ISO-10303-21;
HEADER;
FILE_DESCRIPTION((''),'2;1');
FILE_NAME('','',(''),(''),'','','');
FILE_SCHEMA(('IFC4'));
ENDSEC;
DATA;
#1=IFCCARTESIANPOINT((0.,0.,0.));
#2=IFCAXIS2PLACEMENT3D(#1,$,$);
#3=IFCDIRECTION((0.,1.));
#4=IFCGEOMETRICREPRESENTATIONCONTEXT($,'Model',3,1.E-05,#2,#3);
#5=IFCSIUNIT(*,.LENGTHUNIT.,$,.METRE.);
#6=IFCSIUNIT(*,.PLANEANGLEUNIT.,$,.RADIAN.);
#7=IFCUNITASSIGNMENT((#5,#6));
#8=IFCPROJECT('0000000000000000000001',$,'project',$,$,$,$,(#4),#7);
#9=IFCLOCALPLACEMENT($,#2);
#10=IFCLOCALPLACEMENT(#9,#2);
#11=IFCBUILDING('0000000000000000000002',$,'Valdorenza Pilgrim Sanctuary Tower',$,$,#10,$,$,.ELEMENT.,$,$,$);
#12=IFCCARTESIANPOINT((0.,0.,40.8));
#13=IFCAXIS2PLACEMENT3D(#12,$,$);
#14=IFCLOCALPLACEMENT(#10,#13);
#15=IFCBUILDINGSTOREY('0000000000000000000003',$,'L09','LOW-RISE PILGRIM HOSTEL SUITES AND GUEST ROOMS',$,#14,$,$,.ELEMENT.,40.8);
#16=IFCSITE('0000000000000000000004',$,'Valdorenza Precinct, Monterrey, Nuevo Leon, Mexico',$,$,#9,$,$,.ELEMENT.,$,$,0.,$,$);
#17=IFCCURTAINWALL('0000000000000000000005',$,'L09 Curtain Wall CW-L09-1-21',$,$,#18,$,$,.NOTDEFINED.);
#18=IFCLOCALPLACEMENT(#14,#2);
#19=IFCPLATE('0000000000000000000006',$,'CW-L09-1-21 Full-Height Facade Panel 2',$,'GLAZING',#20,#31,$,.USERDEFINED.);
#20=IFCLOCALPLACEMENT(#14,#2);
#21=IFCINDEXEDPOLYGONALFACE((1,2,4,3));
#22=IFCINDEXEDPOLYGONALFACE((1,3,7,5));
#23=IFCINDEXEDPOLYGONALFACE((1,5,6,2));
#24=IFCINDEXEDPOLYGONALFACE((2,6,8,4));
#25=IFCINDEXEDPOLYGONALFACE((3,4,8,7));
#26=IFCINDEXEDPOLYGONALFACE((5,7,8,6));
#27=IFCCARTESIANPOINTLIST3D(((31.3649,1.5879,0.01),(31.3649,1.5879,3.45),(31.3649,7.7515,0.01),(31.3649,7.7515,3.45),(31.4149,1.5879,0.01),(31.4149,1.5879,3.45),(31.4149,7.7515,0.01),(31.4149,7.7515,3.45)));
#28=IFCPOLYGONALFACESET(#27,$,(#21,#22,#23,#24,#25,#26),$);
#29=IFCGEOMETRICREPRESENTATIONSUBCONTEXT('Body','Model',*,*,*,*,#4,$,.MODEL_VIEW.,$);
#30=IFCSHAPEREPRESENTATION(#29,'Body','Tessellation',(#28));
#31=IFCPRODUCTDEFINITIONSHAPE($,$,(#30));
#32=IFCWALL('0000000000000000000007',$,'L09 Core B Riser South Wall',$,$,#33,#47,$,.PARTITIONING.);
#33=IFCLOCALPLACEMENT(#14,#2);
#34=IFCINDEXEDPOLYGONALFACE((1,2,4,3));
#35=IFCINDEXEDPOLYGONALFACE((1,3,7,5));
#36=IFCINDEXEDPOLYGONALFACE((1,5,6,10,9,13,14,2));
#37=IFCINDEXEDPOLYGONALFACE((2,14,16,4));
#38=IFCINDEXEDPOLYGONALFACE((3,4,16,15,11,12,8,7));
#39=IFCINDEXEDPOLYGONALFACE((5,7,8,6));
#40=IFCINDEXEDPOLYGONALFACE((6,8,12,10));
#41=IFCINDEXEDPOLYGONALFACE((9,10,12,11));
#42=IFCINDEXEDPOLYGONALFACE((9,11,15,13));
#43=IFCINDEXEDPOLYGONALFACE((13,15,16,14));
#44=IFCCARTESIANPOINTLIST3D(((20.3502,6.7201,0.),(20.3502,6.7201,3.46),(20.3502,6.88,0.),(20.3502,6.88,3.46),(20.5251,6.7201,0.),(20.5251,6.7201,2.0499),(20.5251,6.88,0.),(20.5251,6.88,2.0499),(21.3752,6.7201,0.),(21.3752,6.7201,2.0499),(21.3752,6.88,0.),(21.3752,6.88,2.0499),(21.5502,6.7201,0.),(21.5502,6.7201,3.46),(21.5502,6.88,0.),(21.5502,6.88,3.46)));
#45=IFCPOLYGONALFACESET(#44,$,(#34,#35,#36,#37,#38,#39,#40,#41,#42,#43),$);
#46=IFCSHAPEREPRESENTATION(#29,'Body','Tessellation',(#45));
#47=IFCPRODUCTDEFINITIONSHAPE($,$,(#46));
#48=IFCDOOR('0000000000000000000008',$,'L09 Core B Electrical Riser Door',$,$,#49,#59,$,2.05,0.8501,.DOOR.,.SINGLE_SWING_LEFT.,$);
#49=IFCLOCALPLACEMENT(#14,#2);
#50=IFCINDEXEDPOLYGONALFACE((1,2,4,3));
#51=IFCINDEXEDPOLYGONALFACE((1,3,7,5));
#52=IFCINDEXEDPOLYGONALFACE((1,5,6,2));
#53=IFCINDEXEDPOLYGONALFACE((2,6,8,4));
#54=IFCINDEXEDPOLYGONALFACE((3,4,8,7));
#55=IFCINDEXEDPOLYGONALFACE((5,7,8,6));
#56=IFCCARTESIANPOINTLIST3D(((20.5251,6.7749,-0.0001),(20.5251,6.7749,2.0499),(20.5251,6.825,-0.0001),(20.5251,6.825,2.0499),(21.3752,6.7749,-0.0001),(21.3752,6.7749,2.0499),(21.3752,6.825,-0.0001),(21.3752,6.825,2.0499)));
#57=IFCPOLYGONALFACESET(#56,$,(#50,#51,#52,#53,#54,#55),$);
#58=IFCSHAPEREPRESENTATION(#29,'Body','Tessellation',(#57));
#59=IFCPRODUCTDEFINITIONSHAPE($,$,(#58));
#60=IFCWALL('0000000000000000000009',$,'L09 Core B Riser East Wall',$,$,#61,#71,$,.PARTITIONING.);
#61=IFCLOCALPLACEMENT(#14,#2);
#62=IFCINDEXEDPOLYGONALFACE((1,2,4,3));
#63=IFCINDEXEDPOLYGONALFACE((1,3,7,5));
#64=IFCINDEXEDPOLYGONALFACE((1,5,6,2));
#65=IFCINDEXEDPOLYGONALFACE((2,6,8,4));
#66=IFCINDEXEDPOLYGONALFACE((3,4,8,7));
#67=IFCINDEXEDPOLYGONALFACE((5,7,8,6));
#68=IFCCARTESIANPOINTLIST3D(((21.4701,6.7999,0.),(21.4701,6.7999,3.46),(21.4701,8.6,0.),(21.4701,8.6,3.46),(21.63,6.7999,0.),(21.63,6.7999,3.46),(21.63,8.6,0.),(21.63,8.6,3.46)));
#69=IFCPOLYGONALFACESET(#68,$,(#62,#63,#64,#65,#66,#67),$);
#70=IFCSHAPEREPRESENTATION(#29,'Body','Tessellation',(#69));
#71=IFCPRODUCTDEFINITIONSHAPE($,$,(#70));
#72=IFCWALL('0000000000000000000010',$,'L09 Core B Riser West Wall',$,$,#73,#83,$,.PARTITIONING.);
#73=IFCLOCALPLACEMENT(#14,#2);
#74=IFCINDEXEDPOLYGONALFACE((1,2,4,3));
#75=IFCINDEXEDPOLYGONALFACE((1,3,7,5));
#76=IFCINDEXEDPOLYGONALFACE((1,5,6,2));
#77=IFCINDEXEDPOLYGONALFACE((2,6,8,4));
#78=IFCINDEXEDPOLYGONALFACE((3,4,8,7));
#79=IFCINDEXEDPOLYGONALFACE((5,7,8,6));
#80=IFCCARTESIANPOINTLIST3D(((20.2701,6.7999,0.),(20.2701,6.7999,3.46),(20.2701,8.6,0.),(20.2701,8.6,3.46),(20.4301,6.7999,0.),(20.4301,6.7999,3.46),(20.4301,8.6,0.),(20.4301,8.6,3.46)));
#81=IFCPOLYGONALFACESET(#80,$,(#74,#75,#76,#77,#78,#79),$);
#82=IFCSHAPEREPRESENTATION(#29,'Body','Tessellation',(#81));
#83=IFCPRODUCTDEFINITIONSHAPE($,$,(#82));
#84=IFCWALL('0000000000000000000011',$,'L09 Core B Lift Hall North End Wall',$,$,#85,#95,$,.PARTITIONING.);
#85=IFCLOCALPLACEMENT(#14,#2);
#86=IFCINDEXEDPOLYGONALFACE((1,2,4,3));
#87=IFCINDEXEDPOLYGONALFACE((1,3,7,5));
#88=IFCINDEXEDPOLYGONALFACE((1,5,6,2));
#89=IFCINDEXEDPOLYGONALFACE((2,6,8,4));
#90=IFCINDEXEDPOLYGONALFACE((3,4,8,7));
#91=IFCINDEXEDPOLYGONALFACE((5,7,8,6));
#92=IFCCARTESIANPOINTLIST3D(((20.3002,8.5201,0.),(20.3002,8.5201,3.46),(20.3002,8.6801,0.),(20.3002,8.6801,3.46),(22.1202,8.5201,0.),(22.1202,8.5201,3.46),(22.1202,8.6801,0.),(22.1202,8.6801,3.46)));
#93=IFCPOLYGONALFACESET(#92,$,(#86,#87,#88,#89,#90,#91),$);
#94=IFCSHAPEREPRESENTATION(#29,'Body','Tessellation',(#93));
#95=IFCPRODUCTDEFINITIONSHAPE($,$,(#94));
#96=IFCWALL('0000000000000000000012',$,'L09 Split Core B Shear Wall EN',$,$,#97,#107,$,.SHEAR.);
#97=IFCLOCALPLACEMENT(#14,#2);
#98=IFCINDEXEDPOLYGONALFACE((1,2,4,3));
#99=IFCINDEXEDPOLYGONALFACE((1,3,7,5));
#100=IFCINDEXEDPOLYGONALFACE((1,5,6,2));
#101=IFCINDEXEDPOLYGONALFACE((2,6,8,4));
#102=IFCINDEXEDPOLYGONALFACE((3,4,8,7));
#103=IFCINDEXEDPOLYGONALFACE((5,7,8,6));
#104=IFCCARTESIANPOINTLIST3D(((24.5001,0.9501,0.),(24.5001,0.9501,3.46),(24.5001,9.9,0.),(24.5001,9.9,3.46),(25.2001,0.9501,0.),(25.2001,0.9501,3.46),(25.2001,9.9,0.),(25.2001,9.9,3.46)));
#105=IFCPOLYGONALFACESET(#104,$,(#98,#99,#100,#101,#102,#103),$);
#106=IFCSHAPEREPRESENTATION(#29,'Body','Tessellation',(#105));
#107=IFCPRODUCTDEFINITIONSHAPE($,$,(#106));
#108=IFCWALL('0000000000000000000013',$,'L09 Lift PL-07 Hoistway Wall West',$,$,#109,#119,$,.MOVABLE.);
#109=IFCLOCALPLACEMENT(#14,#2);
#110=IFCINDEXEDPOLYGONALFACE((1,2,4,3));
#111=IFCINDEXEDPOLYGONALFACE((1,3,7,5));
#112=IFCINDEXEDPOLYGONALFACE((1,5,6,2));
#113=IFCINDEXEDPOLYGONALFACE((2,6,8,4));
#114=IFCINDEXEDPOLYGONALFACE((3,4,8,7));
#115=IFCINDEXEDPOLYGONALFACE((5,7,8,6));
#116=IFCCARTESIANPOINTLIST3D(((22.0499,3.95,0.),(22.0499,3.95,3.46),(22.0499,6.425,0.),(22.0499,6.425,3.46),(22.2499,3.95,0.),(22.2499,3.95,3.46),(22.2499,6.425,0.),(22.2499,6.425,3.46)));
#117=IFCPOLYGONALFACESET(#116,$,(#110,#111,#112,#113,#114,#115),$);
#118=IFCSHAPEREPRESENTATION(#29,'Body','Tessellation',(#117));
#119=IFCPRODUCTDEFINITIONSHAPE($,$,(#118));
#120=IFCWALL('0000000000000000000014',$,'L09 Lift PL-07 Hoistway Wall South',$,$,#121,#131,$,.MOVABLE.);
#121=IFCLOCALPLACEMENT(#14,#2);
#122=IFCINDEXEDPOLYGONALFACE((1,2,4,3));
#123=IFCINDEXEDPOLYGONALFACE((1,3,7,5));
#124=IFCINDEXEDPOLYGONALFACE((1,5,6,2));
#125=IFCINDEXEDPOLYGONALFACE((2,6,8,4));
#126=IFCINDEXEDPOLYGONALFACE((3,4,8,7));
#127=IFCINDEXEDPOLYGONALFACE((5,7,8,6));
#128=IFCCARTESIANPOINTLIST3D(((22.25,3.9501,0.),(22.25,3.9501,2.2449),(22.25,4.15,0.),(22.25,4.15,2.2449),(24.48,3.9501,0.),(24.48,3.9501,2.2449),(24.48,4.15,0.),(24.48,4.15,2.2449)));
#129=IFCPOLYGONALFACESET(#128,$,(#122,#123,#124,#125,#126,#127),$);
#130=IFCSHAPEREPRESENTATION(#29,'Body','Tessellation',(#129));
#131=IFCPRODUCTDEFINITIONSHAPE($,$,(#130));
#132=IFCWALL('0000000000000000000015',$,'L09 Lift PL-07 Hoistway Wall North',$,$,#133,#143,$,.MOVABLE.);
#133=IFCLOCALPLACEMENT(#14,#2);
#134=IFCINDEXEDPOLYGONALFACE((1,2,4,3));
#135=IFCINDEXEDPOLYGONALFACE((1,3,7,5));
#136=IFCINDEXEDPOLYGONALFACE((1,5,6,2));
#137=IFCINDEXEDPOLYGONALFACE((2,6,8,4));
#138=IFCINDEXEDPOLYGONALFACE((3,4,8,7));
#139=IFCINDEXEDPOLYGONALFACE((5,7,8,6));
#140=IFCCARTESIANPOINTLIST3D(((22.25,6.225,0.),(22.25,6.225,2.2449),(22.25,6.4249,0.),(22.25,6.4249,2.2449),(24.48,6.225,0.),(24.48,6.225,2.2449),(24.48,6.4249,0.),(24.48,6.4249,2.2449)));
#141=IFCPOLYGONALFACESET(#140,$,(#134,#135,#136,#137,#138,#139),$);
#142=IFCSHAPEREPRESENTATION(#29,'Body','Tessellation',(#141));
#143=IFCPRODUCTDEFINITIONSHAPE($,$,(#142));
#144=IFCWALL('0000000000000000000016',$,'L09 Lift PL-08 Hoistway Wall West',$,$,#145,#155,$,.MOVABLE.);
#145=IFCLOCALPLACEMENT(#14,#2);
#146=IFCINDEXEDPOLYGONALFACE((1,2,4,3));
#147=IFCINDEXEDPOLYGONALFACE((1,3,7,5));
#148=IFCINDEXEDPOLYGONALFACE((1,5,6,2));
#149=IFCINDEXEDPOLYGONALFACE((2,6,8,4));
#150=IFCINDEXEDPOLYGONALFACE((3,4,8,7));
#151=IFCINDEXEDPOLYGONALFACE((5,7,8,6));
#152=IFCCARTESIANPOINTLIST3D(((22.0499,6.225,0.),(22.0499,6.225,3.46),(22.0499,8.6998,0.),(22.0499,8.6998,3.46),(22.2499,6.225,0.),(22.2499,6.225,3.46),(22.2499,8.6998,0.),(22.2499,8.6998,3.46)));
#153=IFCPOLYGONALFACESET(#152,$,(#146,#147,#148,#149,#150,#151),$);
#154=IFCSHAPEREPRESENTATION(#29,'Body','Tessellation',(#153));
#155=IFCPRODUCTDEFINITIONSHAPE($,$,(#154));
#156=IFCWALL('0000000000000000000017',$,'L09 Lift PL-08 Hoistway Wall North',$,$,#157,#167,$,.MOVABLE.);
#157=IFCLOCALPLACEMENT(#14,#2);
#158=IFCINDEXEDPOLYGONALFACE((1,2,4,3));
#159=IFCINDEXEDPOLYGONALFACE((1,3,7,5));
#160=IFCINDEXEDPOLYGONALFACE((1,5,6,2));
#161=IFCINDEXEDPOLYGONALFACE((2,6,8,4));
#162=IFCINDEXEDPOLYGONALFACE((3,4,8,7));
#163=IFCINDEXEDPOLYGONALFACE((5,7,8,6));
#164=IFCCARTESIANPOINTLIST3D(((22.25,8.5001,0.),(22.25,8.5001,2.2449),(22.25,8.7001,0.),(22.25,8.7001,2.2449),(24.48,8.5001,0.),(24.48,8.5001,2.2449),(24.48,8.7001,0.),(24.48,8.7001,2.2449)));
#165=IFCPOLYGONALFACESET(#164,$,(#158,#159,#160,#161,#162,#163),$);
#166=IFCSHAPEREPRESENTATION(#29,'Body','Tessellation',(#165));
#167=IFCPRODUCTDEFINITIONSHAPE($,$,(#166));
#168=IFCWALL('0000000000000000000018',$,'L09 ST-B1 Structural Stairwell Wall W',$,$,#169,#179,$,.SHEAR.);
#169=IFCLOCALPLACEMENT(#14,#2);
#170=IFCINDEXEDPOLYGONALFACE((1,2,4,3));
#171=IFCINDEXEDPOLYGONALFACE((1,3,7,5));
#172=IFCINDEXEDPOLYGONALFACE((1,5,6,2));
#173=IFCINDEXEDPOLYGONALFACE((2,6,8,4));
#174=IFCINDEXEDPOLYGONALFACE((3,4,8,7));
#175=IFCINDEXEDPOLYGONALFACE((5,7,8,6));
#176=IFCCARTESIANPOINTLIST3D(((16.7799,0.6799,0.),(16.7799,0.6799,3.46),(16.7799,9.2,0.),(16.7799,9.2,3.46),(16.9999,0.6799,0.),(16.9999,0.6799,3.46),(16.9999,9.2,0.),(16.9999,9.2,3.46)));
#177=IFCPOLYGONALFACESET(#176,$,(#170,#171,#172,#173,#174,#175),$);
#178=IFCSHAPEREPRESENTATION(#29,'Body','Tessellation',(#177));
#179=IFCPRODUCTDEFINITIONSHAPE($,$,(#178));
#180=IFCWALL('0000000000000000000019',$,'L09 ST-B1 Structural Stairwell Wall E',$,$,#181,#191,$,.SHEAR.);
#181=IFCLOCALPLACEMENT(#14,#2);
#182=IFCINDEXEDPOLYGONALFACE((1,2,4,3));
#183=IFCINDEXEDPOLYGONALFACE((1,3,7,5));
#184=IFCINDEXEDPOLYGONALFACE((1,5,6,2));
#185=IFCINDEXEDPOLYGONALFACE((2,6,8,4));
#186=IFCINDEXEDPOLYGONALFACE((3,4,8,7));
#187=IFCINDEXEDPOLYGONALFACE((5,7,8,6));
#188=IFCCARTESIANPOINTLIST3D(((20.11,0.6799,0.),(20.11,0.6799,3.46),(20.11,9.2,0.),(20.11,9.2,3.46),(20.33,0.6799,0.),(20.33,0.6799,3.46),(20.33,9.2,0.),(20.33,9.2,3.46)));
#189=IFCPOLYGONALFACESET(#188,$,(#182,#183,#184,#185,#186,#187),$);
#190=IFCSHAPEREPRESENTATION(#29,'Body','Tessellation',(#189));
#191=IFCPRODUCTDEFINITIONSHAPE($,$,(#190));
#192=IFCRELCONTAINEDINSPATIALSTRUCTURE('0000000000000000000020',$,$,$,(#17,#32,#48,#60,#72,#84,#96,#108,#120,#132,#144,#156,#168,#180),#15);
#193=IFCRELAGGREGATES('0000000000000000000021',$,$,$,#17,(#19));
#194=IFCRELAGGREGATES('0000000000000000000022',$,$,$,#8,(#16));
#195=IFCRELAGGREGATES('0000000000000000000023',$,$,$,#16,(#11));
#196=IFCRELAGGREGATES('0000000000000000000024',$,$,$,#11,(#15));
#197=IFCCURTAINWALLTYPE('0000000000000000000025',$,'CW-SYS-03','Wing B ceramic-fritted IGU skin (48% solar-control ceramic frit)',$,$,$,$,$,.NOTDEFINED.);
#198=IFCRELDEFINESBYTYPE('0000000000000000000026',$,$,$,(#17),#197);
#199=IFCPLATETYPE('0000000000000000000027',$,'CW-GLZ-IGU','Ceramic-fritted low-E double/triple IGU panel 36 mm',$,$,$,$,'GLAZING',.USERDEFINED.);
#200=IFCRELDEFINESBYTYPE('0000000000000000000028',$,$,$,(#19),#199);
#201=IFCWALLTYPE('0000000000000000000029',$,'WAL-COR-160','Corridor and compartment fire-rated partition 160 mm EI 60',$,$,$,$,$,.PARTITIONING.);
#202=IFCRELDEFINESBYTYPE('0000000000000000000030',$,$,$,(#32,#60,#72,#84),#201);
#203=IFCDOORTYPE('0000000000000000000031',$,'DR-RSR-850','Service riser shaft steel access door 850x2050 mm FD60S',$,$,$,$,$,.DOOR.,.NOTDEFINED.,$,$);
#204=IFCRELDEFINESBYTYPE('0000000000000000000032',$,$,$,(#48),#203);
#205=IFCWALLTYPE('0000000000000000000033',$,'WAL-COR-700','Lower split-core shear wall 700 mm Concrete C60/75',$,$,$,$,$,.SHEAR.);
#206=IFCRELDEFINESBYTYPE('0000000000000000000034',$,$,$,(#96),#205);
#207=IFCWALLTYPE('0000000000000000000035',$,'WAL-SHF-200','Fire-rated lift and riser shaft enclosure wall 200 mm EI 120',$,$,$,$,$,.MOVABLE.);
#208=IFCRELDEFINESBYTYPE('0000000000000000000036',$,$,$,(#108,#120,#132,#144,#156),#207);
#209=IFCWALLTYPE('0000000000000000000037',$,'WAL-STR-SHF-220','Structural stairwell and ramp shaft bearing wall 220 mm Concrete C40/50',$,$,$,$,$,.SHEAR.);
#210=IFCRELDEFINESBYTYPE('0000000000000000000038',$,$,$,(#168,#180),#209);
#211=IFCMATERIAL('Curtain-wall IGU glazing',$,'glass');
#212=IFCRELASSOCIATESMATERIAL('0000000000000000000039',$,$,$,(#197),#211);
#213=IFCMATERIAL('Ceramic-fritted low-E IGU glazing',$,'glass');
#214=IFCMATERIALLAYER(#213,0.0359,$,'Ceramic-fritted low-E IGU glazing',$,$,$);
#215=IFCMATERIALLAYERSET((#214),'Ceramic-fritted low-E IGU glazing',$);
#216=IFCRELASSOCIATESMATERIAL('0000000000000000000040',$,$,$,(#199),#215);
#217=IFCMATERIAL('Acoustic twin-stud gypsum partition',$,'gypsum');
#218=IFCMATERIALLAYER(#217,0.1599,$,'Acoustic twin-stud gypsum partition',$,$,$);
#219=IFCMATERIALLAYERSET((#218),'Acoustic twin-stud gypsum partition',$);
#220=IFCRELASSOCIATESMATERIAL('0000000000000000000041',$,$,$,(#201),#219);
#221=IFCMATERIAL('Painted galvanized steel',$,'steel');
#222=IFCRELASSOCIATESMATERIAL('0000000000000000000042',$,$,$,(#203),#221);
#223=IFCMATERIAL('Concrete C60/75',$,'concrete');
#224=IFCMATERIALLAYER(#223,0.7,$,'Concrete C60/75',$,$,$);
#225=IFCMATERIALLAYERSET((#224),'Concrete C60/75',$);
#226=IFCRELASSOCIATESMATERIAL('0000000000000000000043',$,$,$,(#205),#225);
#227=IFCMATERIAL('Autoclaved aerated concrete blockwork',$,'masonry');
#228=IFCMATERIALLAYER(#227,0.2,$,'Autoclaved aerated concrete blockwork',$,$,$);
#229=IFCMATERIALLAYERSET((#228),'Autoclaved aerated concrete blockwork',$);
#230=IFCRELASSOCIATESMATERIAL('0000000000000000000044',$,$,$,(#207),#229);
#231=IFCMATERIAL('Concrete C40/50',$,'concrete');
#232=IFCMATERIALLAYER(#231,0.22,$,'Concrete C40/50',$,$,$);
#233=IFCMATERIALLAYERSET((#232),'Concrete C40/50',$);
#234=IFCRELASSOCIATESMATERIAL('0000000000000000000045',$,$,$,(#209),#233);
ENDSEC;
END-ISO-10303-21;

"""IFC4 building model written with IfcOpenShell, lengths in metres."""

from ifc_helpers import new_model, si_unit, direction, frame, frame_2d, origin, origin_2d, place, context, subcontext, project, spatial, rectangle, extrude, source, transform, mapped, material, layer, layer_set, type_object, element, fill, aggregate, save


model = new_model("IFC4")

# Units and contexts
model_context = context("Model", 3, precision=1e-05, world=origin(), true_north=direction((0.0, 1.0)))
body_context = subcontext(model_context, "Body", "Model", "MODEL_VIEW")
ifc_project = project(units=[si_unit("LENGTHUNIT", "METRE"), si_unit("PLANEANGLEUNIT", "RADIAN")], contexts=[model_context])

# Site, building, storey
site_placement = place(None, origin())
site = spatial("IfcSite", under=ifc_project, at=site_placement, Name="Valdorenza Precinct, Monterrey, Nuevo Leon, Mexico", CompositionType="ELEMENT", RefElevation=0.0)
building_placement = place(site_placement, origin())
building = spatial("IfcBuilding", under=site, at=building_placement, Name="Valdorenza Pilgrim Sanctuary Tower", CompositionType="ELEMENT")
storey_placement = place(building_placement, frame((0.0, 0.0, 40.8)))
storey = spatial("IfcBuildingStorey", under=building, at=storey_placement, Name="L09", Description="LOW-RISE PILGRIM HOSTEL SUITES AND GUEST ROOMS", CompositionType="ELEMENT", Elevation=40.8)

# Curtain wall, plate
ifc_material_1 = material(Name="Curtain-wall IGU glazing", Category="glass")
curtain_wall_type = type_object("IfcCurtainWallType", Name="CW-SYS-03", Description="Wing B ceramic-fritted IGU skin (48% solar-control ceramic frit)", PredefinedType="NOTDEFINED", material=ifc_material_1)
curtain_wall_placement = place(storey_placement, origin())
curtain_wall = element("IfcCurtainWall", 1, at=curtain_wall_placement, inside=storey, type_object=curtain_wall_type, Name="L09 Curtain Wall CW-L09-1-21", PredefinedType="NOTDEFINED")
ifc_material_2 = material(Name="Ceramic-fritted low-E IGU glazing", Category="glass")
ifc_layer_1 = layer(ifc_material_2, 0.0359, Name="Ceramic-fritted low-E IGU glazing")
ifc_layer_set_1 = layer_set([ifc_layer_1], Name="Ceramic-fritted low-E IGU glazing")
plate_type = type_object("IfcPlateType", Name="CW-GLZ-IGU", Description="Ceramic-fritted low-E double/triple IGU panel 36 mm", ElementType="GLAZING", PredefinedType="USERDEFINED", material=ifc_layer_set_1)
shared_shape_1 = source(origin(), body_context, "Body", "SweptSolid", [
    extrude(rectangle(XDim=6.1636, YDim=0.05, at=origin_2d()), origin(), (0.0, 0.0, 1.0), 3.4399),
])
plate_placement = place(storey_placement, frame((31.3899, 4.6697, 0.01), z_axis=(0.0, 0.0, 1.0), x_axis=(0.0, -1.0, 0.0)))
plate = element("IfcPlate", 2, at=plate_placement, type_object=plate_type, Name="CW-L09-1-21 Full-Height Facade Panel 2", ObjectType="GLAZING", PredefinedType="USERDEFINED", context=body_context, shape_type="MappedRepresentation", body=[
    mapped(shared_shape_1, transform((0.0, 0.0, 0.0), x_axis=(1.0, 0.0, 0.0), y_axis=(0.0, 1.0, 0.0), z_axis=(0.0, 0.0, 1.0), scale=1.0)),
])
aggregate(curtain_wall, [plate])

# Wall, opening, door
ifc_material_3 = material(Name="Acoustic twin-stud gypsum partition", Category="gypsum")
ifc_layer_2 = layer(ifc_material_3, 0.1599, Name="Acoustic twin-stud gypsum partition")
ifc_layer_set_2 = layer_set([ifc_layer_2], Name="Acoustic twin-stud gypsum partition")
wall_type_1 = type_object("IfcWallType", Name="WAL-COR-160", Description="Corridor and compartment fire-rated partition 160 mm EI 60", PredefinedType="PARTITIONING", material=ifc_layer_set_2)
wall_1_placement = place(storey_placement, frame((20.3501, 6.8, 0.0), z_axis=(0.0, 0.0, 1.0), x_axis=(1.0, 0.0, 0.0)))
wall_1 = element("IfcWall", 3, at=wall_1_placement, inside=storey, type_object=wall_type_1, Name="L09 Core B Riser South Wall", PredefinedType="PARTITIONING", context=body_context, shape_type="SweptSolid", body=[
    extrude(rectangle(XDim=1.2, YDim=0.1599, at=frame_2d((0.6001, 0.0))), origin(), (0.0, 0.0, 1.0), 3.46),
])
opening_1_placement = place(wall_1_placement, frame((0.175, 0.0, 0.0)))
opening_1 = element("IfcOpeningElement", 4, at=opening_1_placement, cuts=wall_1, PredefinedType="OPENING", context=body_context, shape_type="SweptSolid", body=[
    extrude(rectangle(XDim=0.8501, YDim=2.05, at=frame_2d((0.425, 1.0249))), frame((0.0, 0.0947, 0.0), z_axis=(0.0, -1.0, 0.0), x_axis=(1.0, 0.0, 0.0)), (0.0, 0.0, 1.0), 0.1897),
])
ifc_material_4 = material(Name="Painted galvanized steel", Category="steel")
door_type_1 = type_object("IfcDoorType", Name="DR-RSR-850", Description="Service riser shaft steel access door 850x2050 mm FD60S", OperationType="NOTDEFINED", PredefinedType="DOOR", material=ifc_material_4)
door_1_placement = place(opening_1_placement, origin())
door_1 = element("IfcDoor", 5, at=door_1_placement, inside=storey, type_object=door_type_1, Name="L09 Core B Electrical Riser Door", OperationType="SINGLE_SWING_LEFT", OverallHeight=2.05, OverallWidth=0.8501, PredefinedType="DOOR", context=body_context, shape_type="SweptSolid", body=[
    extrude(rectangle(XDim=0.8501, YDim=2.05, at=frame_2d((0.425, 1.0249))), frame((0.0, 0.0249, 0.0), z_axis=(0.0, -1.0, 0.0), x_axis=(1.0, 0.0, 0.0)), (0.0, 0.0, 1.0), 0.05),
])
fill(opening_1, door_1)

# Walls
for number, where, z_axis, x_axis, name in (
    (6, (21.55, 6.8, 0.0), (0.0, 0.0, 1.0), (0.0, 1.0, 0.0), "L09 Core B Riser East Wall"),
    (7, (20.3501, 6.8, 0.0), (0.0, 0.0, 1.0), (0.0, 1.0, 0.0), "L09 Core B Riser West Wall"),
):
    element("IfcWall", number, at=place(storey_placement, frame(where, z_axis=z_axis, x_axis=x_axis)), inside=storey, type_object=wall_type_1, Name=name, PredefinedType="PARTITIONING", context=body_context, shape_type="SweptSolid", body=[
        extrude(rectangle(XDim=1.8, YDim=0.1599, at=frame_2d((0.8999, 0.0))), origin(), (0.0, 0.0, 1.0), 3.46),
    ])
wall_2_placement = place(storey_placement, frame((20.3, 8.6001, 0.0), z_axis=(0.0, 0.0, 1.0), x_axis=(1.0, 0.0, 0.0)))
element("IfcWall", 8, at=wall_2_placement, inside=storey, type_object=wall_type_1, Name="L09 Core B Lift Hall North End Wall", PredefinedType="PARTITIONING", context=body_context, shape_type="SweptSolid", body=[
    extrude(rectangle(XDim=1.8201, YDim=0.1599, at=frame_2d((0.9102, 0.0))), origin(), (0.0, 0.0, 1.0), 3.46),
])
ifc_material_5 = material(Name="Concrete C60/75", Category="concrete")
ifc_layer_3 = layer(ifc_material_5, 0.7, Name="Concrete C60/75")
ifc_layer_set_3 = layer_set([ifc_layer_3], Name="Concrete C60/75")
wall_type_2 = type_object("IfcWallType", Name="WAL-COR-700", Description="Lower split-core shear wall 700 mm Concrete C60/75", PredefinedType="SHEAR", material=ifc_layer_set_3)
wall_3_placement = place(storey_placement, frame((24.8501, 0.95, 0.0), z_axis=(0.0, 0.0, 1.0), x_axis=(0.0, 1.0, 0.0)))
element("IfcWall", 9, at=wall_3_placement, inside=storey, type_object=wall_type_2, Name="L09 Split Core B Shear Wall EN", PredefinedType="SHEAR", context=body_context, shape_type="SweptSolid", body=[
    extrude(rectangle(XDim=8.95, YDim=0.7, at=frame_2d((4.4751, 0.0))), origin(), (0.0, 0.0, 1.0), 3.46),
])
ifc_material_6 = material(Name="Autoclaved aerated concrete blockwork", Category="masonry")
ifc_layer_4 = layer(ifc_material_6, 0.2, Name="Autoclaved aerated concrete blockwork")
ifc_layer_set_4 = layer_set([ifc_layer_4], Name="Autoclaved aerated concrete blockwork")
wall_type_3 = type_object("IfcWallType", Name="WAL-SHF-200", Description="Fire-rated lift and riser shaft enclosure wall 200 mm EI 120", PredefinedType="MOVABLE", material=ifc_layer_set_4)
wall_4_placement = place(storey_placement, frame((22.1499, 3.95, 0.0), z_axis=(0.0, 0.0, 1.0), x_axis=(0.0, 1.0, 0.0)))
element("IfcWall", 10, at=wall_4_placement, inside=storey, type_object=wall_type_3, Name="L09 Lift PL-07 Hoistway Wall West", PredefinedType="MOVABLE", context=body_context, shape_type="SweptSolid", body=[
    extrude(rectangle(XDim=2.4751, YDim=0.2, at=frame_2d((1.2375, 0.0))), origin(), (0.0, 0.0, 1.0), 3.46),
])
for number, where, z_axis, x_axis, name in (
    (11, (22.25, 4.05, 0.0), (0.0, 0.0, 1.0), (1.0, 0.0, 0.0), "L09 Lift PL-07 Hoistway Wall South"),
    (12, (22.25, 6.325, 0.0), (0.0, 0.0, 1.0), (1.0, 0.0, 0.0), "L09 Lift PL-07 Hoistway Wall North"),
):
    element("IfcWall", number, at=place(storey_placement, frame(where, z_axis=z_axis, x_axis=x_axis)), inside=storey, type_object=wall_type_3, Name=name, PredefinedType="MOVABLE", context=body_context, shape_type="SweptSolid", body=[
        extrude(rectangle(XDim=2.23, YDim=0.2, at=frame_2d((1.115, 0.0))), origin(), (0.0, 0.0, 1.0), 2.2449),
    ])
wall_5_placement = place(storey_placement, frame((22.1499, 6.2251, 0.0), z_axis=(0.0, 0.0, 1.0), x_axis=(0.0, 1.0, 0.0)))
element("IfcWall", 13, at=wall_5_placement, inside=storey, type_object=wall_type_3, Name="L09 Lift PL-08 Hoistway Wall West", PredefinedType="MOVABLE", context=body_context, shape_type="SweptSolid", body=[
    extrude(rectangle(XDim=2.4749, YDim=0.2, at=frame_2d((1.2373, 0.0))), origin(), (0.0, 0.0, 1.0), 3.46),
])
wall_6_placement = place(storey_placement, frame((22.25, 8.6001, 0.0), z_axis=(0.0, 0.0, 1.0), x_axis=(1.0, 0.0, 0.0)))
element("IfcWall", 14, at=wall_6_placement, inside=storey, type_object=wall_type_3, Name="L09 Lift PL-08 Hoistway Wall North", PredefinedType="MOVABLE", context=body_context, shape_type="SweptSolid", body=[
    extrude(rectangle(XDim=2.23, YDim=0.2, at=frame_2d((1.115, 0.0))), origin(), (0.0, 0.0, 1.0), 2.2449),
])
ifc_material_7 = material(Name="Concrete C40/50", Category="concrete")
ifc_layer_5 = layer(ifc_material_7, 0.22, Name="Concrete C40/50")
ifc_layer_set_5 = layer_set([ifc_layer_5], Name="Concrete C40/50")
wall_type_4 = type_object("IfcWallType", Name="WAL-STR-SHF-220", Description="Structural stairwell and ramp shaft bearing wall 220 mm Concrete C40/50", PredefinedType="SHEAR", material=ifc_layer_set_5)
for number, where, z_axis, x_axis, name in (
    (15, (16.8899, 0.6799, 0.0), (0.0, 0.0, 1.0), (0.0, 1.0, 0.0), "L09 ST-B1 Structural Stairwell Wall W"),
    (16, (20.22, 0.6799, 0.0), (0.0, 0.0, 1.0), (0.0, 1.0, 0.0), "L09 ST-B1 Structural Stairwell Wall E"),
):
    element("IfcWall", number, at=place(storey_placement, frame(where, z_axis=z_axis, x_axis=x_axis)), inside=storey, type_object=wall_type_4, Name=name, PredefinedType="SHEAR", context=body_context, shape_type="SweptSolid", body=[
        extrude(rectangle(XDim=8.52, YDim=0.22, at=frame_2d((4.26, 0.0))), origin(), (0.0, 0.0, 1.0), 3.46),
    ])

save(model, "model.ifc")
